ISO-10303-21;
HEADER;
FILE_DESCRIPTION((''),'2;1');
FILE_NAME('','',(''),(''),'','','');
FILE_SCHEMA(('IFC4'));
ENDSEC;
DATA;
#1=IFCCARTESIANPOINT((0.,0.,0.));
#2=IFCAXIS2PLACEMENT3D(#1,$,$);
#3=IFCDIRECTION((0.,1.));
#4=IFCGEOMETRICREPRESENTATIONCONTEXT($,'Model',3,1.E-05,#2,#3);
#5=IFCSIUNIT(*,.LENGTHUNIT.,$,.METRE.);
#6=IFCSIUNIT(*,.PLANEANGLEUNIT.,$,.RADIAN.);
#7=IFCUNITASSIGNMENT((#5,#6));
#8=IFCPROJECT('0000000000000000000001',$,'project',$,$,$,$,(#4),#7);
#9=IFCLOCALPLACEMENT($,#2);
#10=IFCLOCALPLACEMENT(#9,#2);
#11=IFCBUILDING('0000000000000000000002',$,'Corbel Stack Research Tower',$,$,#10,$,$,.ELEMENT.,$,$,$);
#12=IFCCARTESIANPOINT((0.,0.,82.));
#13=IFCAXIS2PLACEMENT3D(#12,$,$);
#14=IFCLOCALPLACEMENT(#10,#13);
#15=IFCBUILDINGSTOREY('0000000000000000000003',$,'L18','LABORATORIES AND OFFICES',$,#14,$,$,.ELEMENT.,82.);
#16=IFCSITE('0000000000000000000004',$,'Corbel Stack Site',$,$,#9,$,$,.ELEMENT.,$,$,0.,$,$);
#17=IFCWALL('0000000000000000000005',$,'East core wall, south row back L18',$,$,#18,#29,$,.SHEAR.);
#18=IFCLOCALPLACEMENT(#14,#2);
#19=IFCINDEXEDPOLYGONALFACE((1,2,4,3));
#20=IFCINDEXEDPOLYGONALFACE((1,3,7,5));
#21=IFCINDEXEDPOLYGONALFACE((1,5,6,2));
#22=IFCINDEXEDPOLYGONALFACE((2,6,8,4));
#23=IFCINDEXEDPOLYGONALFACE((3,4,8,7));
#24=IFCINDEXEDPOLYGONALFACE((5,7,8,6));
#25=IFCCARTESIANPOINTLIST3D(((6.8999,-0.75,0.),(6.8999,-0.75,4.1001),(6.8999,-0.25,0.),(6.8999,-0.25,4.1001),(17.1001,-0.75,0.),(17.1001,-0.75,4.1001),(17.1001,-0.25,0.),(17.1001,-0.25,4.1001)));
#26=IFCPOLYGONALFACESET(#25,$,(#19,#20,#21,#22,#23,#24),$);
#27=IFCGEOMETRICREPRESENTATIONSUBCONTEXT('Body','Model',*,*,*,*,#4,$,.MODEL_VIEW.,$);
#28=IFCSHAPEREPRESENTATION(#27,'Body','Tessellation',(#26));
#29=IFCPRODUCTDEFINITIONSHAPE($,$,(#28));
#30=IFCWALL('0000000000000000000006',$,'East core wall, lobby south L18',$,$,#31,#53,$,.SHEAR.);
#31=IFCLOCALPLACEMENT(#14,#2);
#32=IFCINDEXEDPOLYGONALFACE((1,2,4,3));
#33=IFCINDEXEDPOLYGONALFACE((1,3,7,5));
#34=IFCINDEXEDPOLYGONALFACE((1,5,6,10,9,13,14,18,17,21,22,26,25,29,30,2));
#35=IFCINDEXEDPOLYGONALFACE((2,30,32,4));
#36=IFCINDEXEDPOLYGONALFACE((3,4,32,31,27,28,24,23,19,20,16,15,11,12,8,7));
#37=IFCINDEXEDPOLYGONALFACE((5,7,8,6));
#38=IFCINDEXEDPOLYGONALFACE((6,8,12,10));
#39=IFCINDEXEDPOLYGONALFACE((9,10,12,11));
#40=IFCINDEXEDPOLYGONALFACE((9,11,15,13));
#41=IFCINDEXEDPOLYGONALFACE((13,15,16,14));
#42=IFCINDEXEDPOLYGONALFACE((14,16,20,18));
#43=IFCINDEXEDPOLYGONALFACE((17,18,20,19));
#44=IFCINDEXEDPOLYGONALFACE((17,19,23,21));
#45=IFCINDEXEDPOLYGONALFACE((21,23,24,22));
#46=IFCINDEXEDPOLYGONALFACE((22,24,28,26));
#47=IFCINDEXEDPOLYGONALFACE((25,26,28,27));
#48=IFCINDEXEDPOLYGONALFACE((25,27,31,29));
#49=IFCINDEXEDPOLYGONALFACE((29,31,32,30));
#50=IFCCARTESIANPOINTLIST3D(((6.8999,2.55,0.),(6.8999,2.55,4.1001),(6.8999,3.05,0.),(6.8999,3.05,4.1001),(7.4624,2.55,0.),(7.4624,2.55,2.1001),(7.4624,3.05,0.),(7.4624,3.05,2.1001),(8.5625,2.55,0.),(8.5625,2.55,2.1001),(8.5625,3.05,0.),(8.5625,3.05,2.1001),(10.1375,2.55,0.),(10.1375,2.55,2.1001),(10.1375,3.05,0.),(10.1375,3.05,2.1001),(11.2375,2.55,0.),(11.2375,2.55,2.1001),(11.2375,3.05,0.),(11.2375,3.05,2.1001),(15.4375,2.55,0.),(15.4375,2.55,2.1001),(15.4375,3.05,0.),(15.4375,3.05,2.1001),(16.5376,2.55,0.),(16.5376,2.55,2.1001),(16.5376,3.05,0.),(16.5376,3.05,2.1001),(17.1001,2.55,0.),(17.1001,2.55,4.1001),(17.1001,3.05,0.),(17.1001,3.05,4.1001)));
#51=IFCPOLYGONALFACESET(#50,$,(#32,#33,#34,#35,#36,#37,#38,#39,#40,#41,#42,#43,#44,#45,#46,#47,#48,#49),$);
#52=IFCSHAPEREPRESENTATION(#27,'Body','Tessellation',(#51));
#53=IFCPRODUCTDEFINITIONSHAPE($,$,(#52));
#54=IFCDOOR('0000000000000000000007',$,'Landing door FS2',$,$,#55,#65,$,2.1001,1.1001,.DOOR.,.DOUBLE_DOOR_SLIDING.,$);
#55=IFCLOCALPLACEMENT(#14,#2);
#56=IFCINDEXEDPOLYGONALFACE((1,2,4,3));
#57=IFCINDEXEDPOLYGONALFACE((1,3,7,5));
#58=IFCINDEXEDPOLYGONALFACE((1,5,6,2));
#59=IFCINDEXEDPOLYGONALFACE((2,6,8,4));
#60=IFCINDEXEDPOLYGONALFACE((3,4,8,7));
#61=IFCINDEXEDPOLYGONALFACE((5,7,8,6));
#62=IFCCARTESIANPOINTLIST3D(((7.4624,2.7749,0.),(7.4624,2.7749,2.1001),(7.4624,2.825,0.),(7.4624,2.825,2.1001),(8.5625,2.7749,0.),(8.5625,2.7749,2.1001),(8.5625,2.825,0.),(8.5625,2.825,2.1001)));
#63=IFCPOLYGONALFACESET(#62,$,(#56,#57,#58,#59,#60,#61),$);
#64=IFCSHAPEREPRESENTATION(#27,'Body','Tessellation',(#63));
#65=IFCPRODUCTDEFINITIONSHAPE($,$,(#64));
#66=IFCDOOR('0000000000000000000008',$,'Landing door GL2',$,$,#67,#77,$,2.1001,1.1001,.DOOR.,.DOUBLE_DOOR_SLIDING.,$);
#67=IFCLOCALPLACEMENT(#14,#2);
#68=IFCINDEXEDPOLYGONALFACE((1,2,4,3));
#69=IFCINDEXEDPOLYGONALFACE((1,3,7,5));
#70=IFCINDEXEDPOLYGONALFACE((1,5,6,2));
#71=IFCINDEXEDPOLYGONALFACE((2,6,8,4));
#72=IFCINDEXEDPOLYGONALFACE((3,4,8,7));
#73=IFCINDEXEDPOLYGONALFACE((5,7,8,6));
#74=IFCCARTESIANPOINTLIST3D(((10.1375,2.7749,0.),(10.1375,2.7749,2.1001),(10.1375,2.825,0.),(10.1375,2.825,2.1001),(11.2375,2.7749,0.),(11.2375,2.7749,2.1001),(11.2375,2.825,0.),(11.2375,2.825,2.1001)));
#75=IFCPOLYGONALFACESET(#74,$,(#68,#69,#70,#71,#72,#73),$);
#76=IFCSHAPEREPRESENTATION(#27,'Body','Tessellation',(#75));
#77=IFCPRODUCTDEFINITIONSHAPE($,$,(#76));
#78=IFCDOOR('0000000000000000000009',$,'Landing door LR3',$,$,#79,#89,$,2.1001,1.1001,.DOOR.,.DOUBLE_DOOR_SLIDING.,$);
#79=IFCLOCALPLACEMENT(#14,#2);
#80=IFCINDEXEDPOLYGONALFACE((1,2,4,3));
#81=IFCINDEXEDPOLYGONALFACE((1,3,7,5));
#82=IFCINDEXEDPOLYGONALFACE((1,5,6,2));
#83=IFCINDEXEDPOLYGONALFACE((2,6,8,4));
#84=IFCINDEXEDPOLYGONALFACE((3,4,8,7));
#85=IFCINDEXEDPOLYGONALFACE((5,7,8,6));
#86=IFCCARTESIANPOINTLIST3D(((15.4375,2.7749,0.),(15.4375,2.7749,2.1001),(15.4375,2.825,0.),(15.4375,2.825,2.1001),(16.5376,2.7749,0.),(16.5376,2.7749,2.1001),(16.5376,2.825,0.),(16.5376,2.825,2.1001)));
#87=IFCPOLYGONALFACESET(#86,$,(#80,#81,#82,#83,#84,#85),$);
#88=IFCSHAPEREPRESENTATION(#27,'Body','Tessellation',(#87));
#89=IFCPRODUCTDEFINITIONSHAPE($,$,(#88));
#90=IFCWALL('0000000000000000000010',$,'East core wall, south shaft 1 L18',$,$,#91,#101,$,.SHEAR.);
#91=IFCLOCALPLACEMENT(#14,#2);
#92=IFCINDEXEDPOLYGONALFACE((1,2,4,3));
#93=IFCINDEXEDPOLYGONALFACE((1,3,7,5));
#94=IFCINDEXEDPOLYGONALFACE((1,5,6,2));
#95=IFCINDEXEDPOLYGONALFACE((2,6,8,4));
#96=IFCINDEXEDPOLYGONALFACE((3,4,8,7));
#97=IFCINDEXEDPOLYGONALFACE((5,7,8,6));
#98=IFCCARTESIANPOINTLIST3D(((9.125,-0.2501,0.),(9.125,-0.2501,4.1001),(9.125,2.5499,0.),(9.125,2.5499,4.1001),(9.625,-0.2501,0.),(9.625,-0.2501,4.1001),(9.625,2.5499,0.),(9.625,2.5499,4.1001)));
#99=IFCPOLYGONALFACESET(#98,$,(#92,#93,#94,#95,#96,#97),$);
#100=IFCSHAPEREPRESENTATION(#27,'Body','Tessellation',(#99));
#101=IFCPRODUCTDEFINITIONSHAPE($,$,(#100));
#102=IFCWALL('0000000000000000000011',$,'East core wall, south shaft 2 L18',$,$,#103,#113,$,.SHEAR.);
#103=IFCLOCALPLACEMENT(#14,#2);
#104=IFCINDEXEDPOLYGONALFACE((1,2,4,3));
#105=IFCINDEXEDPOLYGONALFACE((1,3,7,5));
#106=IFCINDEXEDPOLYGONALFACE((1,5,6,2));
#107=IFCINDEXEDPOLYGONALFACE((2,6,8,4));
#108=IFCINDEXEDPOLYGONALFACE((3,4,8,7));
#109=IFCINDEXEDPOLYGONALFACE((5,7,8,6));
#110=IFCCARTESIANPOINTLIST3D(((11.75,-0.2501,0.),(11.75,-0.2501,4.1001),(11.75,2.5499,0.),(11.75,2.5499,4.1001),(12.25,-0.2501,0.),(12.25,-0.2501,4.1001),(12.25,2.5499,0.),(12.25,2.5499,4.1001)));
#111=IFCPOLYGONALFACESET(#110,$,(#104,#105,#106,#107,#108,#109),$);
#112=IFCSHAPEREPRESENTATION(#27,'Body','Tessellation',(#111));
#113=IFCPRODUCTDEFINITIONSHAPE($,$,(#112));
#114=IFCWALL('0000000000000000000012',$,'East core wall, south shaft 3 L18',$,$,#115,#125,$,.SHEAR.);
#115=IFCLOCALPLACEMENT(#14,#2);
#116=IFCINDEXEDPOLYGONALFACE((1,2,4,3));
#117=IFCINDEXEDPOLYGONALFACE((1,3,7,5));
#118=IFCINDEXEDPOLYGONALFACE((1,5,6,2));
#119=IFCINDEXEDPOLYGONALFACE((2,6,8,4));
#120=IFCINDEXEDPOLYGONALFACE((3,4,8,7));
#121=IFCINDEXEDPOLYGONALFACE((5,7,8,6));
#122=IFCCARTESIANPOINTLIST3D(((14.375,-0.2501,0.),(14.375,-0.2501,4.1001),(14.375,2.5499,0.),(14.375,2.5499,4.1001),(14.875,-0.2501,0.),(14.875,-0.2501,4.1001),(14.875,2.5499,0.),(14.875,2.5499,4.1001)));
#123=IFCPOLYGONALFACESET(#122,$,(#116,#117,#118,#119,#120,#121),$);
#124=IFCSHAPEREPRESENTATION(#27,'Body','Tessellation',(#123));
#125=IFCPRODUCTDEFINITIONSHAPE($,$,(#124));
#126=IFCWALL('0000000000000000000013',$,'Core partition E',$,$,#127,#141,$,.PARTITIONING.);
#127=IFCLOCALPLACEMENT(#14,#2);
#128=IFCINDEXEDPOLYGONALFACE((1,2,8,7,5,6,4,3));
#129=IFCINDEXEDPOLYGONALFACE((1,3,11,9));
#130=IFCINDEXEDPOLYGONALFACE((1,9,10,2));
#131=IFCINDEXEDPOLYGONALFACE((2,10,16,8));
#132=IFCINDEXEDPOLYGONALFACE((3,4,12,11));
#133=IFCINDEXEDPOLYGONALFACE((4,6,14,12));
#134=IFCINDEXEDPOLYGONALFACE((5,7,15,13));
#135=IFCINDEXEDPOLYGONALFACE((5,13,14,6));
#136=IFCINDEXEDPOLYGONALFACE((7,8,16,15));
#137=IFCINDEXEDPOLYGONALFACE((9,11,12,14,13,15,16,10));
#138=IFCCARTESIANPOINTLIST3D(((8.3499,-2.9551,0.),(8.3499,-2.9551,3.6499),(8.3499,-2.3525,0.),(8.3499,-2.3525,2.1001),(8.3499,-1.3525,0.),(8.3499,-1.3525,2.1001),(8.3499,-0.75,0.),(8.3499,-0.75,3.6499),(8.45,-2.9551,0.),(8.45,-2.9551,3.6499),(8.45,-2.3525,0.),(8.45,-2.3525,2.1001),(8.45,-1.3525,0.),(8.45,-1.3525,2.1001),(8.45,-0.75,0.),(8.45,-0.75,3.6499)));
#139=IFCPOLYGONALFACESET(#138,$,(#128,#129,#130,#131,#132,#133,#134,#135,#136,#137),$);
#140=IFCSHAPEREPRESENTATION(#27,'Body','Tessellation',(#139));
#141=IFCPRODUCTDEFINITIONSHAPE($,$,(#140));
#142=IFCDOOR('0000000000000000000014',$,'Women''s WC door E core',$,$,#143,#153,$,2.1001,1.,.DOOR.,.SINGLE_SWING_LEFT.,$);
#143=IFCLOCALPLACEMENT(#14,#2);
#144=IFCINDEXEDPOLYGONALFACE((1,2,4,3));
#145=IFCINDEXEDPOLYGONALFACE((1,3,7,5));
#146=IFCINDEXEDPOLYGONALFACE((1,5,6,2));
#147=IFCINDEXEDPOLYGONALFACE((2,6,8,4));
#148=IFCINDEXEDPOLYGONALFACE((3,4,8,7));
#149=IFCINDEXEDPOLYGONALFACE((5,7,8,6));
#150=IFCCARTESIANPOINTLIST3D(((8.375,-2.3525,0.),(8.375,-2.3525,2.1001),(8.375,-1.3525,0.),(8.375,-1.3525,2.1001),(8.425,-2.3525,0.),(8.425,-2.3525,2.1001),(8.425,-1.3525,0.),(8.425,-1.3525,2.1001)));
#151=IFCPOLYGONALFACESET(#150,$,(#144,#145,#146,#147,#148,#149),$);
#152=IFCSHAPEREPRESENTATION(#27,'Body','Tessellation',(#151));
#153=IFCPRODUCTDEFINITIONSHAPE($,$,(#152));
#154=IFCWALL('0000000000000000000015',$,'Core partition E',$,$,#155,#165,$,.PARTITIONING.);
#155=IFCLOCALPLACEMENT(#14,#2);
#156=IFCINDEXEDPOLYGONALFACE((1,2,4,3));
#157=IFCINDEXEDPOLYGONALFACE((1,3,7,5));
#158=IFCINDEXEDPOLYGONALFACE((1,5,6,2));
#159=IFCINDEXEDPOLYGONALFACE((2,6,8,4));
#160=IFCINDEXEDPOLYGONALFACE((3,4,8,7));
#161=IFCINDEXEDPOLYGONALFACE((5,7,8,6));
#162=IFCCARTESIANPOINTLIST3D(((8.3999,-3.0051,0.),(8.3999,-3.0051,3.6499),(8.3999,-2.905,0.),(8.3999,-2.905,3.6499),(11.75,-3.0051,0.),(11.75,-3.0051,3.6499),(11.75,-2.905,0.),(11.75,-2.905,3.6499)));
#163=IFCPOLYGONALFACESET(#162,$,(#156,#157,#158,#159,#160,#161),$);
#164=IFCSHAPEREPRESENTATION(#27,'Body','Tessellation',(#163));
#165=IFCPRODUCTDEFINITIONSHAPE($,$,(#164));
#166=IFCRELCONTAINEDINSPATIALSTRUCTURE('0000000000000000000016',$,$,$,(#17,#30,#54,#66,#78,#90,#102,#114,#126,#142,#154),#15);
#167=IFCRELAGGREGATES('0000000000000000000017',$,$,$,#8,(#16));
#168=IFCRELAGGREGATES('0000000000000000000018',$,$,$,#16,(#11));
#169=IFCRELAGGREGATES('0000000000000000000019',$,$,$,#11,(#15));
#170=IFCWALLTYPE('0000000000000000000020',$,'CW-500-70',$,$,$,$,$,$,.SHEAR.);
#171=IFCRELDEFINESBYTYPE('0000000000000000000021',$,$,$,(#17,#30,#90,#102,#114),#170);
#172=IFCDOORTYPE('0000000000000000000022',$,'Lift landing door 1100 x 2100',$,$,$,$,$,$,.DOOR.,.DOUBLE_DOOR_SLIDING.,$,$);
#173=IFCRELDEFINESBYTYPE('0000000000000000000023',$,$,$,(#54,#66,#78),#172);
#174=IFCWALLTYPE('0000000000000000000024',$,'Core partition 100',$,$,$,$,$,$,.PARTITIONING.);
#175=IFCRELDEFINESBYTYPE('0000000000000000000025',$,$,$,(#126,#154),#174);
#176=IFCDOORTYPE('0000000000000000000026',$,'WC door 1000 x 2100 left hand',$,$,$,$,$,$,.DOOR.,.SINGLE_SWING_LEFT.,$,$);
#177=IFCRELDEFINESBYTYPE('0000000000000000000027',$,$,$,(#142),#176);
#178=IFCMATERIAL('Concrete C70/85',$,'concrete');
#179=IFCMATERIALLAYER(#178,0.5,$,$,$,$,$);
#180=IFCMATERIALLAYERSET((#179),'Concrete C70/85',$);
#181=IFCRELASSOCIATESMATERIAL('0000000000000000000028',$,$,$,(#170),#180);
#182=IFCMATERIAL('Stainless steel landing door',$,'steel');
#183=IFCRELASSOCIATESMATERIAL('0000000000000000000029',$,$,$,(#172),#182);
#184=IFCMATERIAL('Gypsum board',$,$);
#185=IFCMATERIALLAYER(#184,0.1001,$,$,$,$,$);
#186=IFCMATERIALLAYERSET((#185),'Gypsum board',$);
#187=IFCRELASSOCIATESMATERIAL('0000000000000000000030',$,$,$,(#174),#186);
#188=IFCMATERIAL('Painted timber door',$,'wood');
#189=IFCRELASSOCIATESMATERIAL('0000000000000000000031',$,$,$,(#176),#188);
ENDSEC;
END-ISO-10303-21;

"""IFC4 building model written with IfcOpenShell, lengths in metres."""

from ifc_helpers import new_model, si_unit, direction, frame, frame_2d, origin, place, context, subcontext, project, spatial, rectangle, extrude, material, layer, layer_set, type_object, element, fill, save


model = new_model("IFC4")

# Units and contexts
model_context = context("Model", 3, precision=1e-05, world=origin(), true_north=direction((0.0, 1.0)))
body_context = subcontext(model_context, "Body", "Model", "MODEL_VIEW")
ifc_project = project(units=[si_unit("LENGTHUNIT", "METRE"), si_unit("PLANEANGLEUNIT", "RADIAN")], contexts=[model_context])

# Site, building, storey
site_placement = place(None, origin())
site = spatial("IfcSite", under=ifc_project, at=site_placement, Name="Corbel Stack Site", CompositionType="ELEMENT", RefElevation=0.0)
building_placement = place(site_placement, origin())
building = spatial("IfcBuilding", under=site, at=building_placement, Name="Corbel Stack Research Tower", CompositionType="ELEMENT")
storey_placement = place(building_placement, frame((0.0, 0.0, 82.0)))
storey = spatial("IfcBuildingStorey", under=building, at=storey_placement, Name="L18", Description="LABORATORIES AND OFFICES", CompositionType="ELEMENT", Elevation=82.0)

# Wall
ifc_material_1 = material(Name="Concrete C70/85", Category="concrete")
ifc_layer_1 = layer(ifc_material_1, 0.5)
ifc_layer_set_1 = layer_set([ifc_layer_1], Name="Concrete C70/85")
wall_type_1 = type_object("IfcWallType", Name="CW-500-70", PredefinedType="SHEAR", material=ifc_layer_set_1)
wall_1_placement = place(storey_placement, frame((6.8999, -0.5, 0.0), z_axis=(0.0, 0.0, 1.0), x_axis=(1.0, 0.0, 0.0)))
element("IfcWall", 1, at=wall_1_placement, inside=storey, type_object=wall_type_1, Name="East core wall, south row back L18", PredefinedType="SHEAR", context=body_context, shape_type="SweptSolid", body=[
    extrude(rectangle(XDim=10.2002, YDim=0.5, at=frame_2d((5.1001, 0.0))), origin(), (0.0, 0.0, 1.0), 4.1001),
])

# Wall, openings, doors
wall_2_placement = place(storey_placement, frame((6.8999, 2.8, 0.0), z_axis=(0.0, 0.0, 1.0), x_axis=(1.0, 0.0, 0.0)))
wall_2 = element("IfcWall", 2, at=wall_2_placement, inside=storey, type_object=wall_type_1, Name="East core wall, lobby south L18", PredefinedType="SHEAR", context=body_context, shape_type="SweptSolid", body=[
    extrude(rectangle(XDim=10.2002, YDim=0.5, at=frame_2d((5.1001, 0.0))), origin(), (0.0, 0.0, 1.0), 4.1001),
])
opening_1_placement = place(wall_2_placement, frame((0.5625, 0.0, 0.0)))
opening_1 = element("IfcOpeningElement", 3, at=opening_1_placement, cuts=wall_2, PredefinedType="OPENING", context=body_context, shape_type="SweptSolid", body=[
    extrude(rectangle(XDim=1.1001, YDim=2.1001, at=frame_2d((0.55, 1.05))), frame((0.0, 0.26, 0.0), z_axis=(0.0, -1.0, 0.0), x_axis=(1.0, 0.0, 0.0)), (0.0, 0.0, 1.0), 0.52),
])
opening_2_placement = place(wall_2_placement, frame((3.2375, 0.0, 0.0)))
opening_2 = element("IfcOpeningElement", 4, at=opening_2_placement, cuts=wall_2, PredefinedType="OPENING", context=body_context, shape_type="SweptSolid", body=[
    extrude(rectangle(XDim=1.1001, YDim=2.1001, at=frame_2d((0.55, 1.05))), frame((0.0, 0.26, 0.0), z_axis=(0.0, -1.0, 0.0), x_axis=(1.0, 0.0, 0.0)), (0.0, 0.0, 1.0), 0.52),
])
opening_3_placement = place(wall_2_placement, frame((8.5376, 0.0, 0.0)))
opening_3 = element("IfcOpeningElement", 5, at=opening_3_placement, cuts=wall_2, PredefinedType="OPENING", context=body_context, shape_type="SweptSolid", body=[
    extrude(rectangle(XDim=1.1001, YDim=2.1001, at=frame_2d((0.55, 1.05))), frame((0.0, 0.26, 0.0), z_axis=(0.0, -1.0, 0.0), x_axis=(1.0, 0.0, 0.0)), (0.0, 0.0, 1.0), 0.52),
])
ifc_material_2 = material(Name="Stainless steel landing door", Category="steel")
door_type_1 = type_object("IfcDoorType", Name="Lift landing door 1100 x 2100", OperationType="DOUBLE_DOOR_SLIDING", PredefinedType="DOOR", material=ifc_material_2)
door_1_placement = place(opening_1_placement, origin())
door_1 = element("IfcDoor", 6, at=door_1_placement, inside=storey, type_object=door_type_1, Name="Landing door FS2", OperationType="DOUBLE_DOOR_SLIDING", OverallHeight=2.1001, OverallWidth=1.1001, PredefinedType="DOOR", context=body_context, shape_type="SweptSolid", body=[
    extrude(rectangle(XDim=1.1001, YDim=2.1001, at=frame_2d((0.55, 1.05))), frame((0.0, 0.0249, 0.0), z_axis=(0.0, -1.0, 0.0), x_axis=(1.0, 0.0, 0.0)), (0.0, 0.0, 1.0), 0.05),
])
fill(opening_1, door_1)
door_2_placement = place(opening_2_placement, origin())
door_2 = element("IfcDoor", 7, at=door_2_placement, inside=storey, type_object=door_type_1, Name="Landing door GL2", OperationType="DOUBLE_DOOR_SLIDING", OverallHeight=2.1001, OverallWidth=1.1001, PredefinedType="DOOR", context=body_context, shape_type="SweptSolid", body=[
    extrude(rectangle(XDim=1.1001, YDim=2.1001, at=frame_2d((0.55, 1.05))), frame((0.0, 0.0249, 0.0), z_axis=(0.0, -1.0, 0.0), x_axis=(1.0, 0.0, 0.0)), (0.0, 0.0, 1.0), 0.05),
])
fill(opening_2, door_2)
door_3_placement = place(opening_3_placement, origin())
door_3 = element("IfcDoor", 8, at=door_3_placement, inside=storey, type_object=door_type_1, Name="Landing door LR3", OperationType="DOUBLE_DOOR_SLIDING", OverallHeight=2.1001, OverallWidth=1.1001, PredefinedType="DOOR", context=body_context, shape_type="SweptSolid", body=[
    extrude(rectangle(XDim=1.1001, YDim=2.1001, at=frame_2d((0.55, 1.05))), frame((0.0, 0.0249, 0.0), z_axis=(0.0, -1.0, 0.0), x_axis=(1.0, 0.0, 0.0)), (0.0, 0.0, 1.0), 0.05),
])
fill(opening_3, door_3)

# Walls
for number, where, z_axis, x_axis, name in (
    (9, (9.375, -0.25, 0.0), (0.0, 0.0, 1.0), (0.0, 1.0, 0.0), "East core wall, south shaft 1 L18"),
    (10, (12.0, -0.25, 0.0), (0.0, 0.0, 1.0), (0.0, 1.0, 0.0), "East core wall, south shaft 2 L18"),
    (11, (14.625, -0.25, 0.0), (0.0, 0.0, 1.0), (0.0, 1.0, 0.0), "East core wall, south shaft 3 L18"),
):
    element("IfcWall", number, at=place(storey_placement, frame(where, z_axis=z_axis, x_axis=x_axis)), inside=storey, type_object=wall_type_1, Name=name, PredefinedType="SHEAR", context=body_context, shape_type="SweptSolid", body=[
        extrude(rectangle(XDim=2.8, YDim=0.5, at=frame_2d((1.3999, 0.0))), origin(), (0.0, 0.0, 1.0), 4.1001),
    ])

# Wall, opening, door
ifc_material_3 = material(Name="Gypsum board")
ifc_layer_2 = layer(ifc_material_3, 0.1001)
ifc_layer_set_2 = layer_set([ifc_layer_2], Name="Gypsum board")
wall_type_2 = type_object("IfcWallType", Name="Core partition 100", PredefinedType="PARTITIONING", material=ifc_layer_set_2)
wall_3_placement = place(storey_placement, frame((8.3999, -2.9551, 0.0), z_axis=(0.0, 0.0, 1.0), x_axis=(0.0, 1.0, 0.0)))
wall_3 = element("IfcWall", 12, at=wall_3_placement, inside=storey, type_object=wall_type_2, Name="Core partition E", PredefinedType="PARTITIONING", context=body_context, shape_type="SweptSolid", body=[
    extrude(rectangle(XDim=2.2051, YDim=0.1001, at=frame_2d((1.1025, 0.0))), origin(), (0.0, 0.0, 1.0), 3.6499),
])
opening_4_placement = place(wall_3_placement, frame((0.6025, 0.0, 0.0)))
opening_4 = element("IfcOpeningElement", 13, at=opening_4_placement, cuts=wall_3, PredefinedType="OPENING", context=body_context, shape_type="SweptSolid", body=[
    extrude(rectangle(XDim=1.0, YDim=2.1001, at=frame_2d((0.5, 1.05))), frame((0.0, 0.0601, 0.0), z_axis=(0.0, -1.0, 0.0), x_axis=(1.0, 0.0, 0.0)), (0.0, 0.0, 1.0), 0.1201),
])
ifc_material_4 = material(Name="Painted timber door", Category="wood")
door_type_2 = type_object("IfcDoorType", Name="WC door 1000 x 2100 left hand", OperationType="SINGLE_SWING_LEFT", PredefinedType="DOOR", material=ifc_material_4)
door_4_placement = place(opening_4_placement, origin())
door_4 = element("IfcDoor", 14, at=door_4_placement, inside=storey, type_object=door_type_2, Name="Women's WC door E core", OperationType="SINGLE_SWING_LEFT", OverallHeight=2.1001, OverallWidth=1.0, PredefinedType="DOOR", context=body_context, shape_type="SweptSolid", body=[
    extrude(rectangle(XDim=1.0, YDim=2.1001, at=frame_2d((0.5, 1.05))), frame((0.0, 0.0249, 0.0), z_axis=(0.0, -1.0, 0.0), x_axis=(1.0, 0.0, 0.0)), (0.0, 0.0, 1.0), 0.05),
])
fill(opening_4, door_4)

# Wall
wall_4_placement = place(storey_placement, frame((8.3999, -2.9551, 0.0), z_axis=(0.0, 0.0, 1.0), x_axis=(1.0, 0.0, 0.0)))
element("IfcWall", 15, at=wall_4_placement, inside=storey, type_object=wall_type_2, Name="Core partition E", PredefinedType="PARTITIONING", context=body_context, shape_type="SweptSolid", body=[
    extrude(rectangle(XDim=3.3501, YDim=0.1001, at=frame_2d((1.675, 0.0))), origin(), (0.0, 0.0, 1.0), 3.6499),
])

save(model, "model.ifc")
